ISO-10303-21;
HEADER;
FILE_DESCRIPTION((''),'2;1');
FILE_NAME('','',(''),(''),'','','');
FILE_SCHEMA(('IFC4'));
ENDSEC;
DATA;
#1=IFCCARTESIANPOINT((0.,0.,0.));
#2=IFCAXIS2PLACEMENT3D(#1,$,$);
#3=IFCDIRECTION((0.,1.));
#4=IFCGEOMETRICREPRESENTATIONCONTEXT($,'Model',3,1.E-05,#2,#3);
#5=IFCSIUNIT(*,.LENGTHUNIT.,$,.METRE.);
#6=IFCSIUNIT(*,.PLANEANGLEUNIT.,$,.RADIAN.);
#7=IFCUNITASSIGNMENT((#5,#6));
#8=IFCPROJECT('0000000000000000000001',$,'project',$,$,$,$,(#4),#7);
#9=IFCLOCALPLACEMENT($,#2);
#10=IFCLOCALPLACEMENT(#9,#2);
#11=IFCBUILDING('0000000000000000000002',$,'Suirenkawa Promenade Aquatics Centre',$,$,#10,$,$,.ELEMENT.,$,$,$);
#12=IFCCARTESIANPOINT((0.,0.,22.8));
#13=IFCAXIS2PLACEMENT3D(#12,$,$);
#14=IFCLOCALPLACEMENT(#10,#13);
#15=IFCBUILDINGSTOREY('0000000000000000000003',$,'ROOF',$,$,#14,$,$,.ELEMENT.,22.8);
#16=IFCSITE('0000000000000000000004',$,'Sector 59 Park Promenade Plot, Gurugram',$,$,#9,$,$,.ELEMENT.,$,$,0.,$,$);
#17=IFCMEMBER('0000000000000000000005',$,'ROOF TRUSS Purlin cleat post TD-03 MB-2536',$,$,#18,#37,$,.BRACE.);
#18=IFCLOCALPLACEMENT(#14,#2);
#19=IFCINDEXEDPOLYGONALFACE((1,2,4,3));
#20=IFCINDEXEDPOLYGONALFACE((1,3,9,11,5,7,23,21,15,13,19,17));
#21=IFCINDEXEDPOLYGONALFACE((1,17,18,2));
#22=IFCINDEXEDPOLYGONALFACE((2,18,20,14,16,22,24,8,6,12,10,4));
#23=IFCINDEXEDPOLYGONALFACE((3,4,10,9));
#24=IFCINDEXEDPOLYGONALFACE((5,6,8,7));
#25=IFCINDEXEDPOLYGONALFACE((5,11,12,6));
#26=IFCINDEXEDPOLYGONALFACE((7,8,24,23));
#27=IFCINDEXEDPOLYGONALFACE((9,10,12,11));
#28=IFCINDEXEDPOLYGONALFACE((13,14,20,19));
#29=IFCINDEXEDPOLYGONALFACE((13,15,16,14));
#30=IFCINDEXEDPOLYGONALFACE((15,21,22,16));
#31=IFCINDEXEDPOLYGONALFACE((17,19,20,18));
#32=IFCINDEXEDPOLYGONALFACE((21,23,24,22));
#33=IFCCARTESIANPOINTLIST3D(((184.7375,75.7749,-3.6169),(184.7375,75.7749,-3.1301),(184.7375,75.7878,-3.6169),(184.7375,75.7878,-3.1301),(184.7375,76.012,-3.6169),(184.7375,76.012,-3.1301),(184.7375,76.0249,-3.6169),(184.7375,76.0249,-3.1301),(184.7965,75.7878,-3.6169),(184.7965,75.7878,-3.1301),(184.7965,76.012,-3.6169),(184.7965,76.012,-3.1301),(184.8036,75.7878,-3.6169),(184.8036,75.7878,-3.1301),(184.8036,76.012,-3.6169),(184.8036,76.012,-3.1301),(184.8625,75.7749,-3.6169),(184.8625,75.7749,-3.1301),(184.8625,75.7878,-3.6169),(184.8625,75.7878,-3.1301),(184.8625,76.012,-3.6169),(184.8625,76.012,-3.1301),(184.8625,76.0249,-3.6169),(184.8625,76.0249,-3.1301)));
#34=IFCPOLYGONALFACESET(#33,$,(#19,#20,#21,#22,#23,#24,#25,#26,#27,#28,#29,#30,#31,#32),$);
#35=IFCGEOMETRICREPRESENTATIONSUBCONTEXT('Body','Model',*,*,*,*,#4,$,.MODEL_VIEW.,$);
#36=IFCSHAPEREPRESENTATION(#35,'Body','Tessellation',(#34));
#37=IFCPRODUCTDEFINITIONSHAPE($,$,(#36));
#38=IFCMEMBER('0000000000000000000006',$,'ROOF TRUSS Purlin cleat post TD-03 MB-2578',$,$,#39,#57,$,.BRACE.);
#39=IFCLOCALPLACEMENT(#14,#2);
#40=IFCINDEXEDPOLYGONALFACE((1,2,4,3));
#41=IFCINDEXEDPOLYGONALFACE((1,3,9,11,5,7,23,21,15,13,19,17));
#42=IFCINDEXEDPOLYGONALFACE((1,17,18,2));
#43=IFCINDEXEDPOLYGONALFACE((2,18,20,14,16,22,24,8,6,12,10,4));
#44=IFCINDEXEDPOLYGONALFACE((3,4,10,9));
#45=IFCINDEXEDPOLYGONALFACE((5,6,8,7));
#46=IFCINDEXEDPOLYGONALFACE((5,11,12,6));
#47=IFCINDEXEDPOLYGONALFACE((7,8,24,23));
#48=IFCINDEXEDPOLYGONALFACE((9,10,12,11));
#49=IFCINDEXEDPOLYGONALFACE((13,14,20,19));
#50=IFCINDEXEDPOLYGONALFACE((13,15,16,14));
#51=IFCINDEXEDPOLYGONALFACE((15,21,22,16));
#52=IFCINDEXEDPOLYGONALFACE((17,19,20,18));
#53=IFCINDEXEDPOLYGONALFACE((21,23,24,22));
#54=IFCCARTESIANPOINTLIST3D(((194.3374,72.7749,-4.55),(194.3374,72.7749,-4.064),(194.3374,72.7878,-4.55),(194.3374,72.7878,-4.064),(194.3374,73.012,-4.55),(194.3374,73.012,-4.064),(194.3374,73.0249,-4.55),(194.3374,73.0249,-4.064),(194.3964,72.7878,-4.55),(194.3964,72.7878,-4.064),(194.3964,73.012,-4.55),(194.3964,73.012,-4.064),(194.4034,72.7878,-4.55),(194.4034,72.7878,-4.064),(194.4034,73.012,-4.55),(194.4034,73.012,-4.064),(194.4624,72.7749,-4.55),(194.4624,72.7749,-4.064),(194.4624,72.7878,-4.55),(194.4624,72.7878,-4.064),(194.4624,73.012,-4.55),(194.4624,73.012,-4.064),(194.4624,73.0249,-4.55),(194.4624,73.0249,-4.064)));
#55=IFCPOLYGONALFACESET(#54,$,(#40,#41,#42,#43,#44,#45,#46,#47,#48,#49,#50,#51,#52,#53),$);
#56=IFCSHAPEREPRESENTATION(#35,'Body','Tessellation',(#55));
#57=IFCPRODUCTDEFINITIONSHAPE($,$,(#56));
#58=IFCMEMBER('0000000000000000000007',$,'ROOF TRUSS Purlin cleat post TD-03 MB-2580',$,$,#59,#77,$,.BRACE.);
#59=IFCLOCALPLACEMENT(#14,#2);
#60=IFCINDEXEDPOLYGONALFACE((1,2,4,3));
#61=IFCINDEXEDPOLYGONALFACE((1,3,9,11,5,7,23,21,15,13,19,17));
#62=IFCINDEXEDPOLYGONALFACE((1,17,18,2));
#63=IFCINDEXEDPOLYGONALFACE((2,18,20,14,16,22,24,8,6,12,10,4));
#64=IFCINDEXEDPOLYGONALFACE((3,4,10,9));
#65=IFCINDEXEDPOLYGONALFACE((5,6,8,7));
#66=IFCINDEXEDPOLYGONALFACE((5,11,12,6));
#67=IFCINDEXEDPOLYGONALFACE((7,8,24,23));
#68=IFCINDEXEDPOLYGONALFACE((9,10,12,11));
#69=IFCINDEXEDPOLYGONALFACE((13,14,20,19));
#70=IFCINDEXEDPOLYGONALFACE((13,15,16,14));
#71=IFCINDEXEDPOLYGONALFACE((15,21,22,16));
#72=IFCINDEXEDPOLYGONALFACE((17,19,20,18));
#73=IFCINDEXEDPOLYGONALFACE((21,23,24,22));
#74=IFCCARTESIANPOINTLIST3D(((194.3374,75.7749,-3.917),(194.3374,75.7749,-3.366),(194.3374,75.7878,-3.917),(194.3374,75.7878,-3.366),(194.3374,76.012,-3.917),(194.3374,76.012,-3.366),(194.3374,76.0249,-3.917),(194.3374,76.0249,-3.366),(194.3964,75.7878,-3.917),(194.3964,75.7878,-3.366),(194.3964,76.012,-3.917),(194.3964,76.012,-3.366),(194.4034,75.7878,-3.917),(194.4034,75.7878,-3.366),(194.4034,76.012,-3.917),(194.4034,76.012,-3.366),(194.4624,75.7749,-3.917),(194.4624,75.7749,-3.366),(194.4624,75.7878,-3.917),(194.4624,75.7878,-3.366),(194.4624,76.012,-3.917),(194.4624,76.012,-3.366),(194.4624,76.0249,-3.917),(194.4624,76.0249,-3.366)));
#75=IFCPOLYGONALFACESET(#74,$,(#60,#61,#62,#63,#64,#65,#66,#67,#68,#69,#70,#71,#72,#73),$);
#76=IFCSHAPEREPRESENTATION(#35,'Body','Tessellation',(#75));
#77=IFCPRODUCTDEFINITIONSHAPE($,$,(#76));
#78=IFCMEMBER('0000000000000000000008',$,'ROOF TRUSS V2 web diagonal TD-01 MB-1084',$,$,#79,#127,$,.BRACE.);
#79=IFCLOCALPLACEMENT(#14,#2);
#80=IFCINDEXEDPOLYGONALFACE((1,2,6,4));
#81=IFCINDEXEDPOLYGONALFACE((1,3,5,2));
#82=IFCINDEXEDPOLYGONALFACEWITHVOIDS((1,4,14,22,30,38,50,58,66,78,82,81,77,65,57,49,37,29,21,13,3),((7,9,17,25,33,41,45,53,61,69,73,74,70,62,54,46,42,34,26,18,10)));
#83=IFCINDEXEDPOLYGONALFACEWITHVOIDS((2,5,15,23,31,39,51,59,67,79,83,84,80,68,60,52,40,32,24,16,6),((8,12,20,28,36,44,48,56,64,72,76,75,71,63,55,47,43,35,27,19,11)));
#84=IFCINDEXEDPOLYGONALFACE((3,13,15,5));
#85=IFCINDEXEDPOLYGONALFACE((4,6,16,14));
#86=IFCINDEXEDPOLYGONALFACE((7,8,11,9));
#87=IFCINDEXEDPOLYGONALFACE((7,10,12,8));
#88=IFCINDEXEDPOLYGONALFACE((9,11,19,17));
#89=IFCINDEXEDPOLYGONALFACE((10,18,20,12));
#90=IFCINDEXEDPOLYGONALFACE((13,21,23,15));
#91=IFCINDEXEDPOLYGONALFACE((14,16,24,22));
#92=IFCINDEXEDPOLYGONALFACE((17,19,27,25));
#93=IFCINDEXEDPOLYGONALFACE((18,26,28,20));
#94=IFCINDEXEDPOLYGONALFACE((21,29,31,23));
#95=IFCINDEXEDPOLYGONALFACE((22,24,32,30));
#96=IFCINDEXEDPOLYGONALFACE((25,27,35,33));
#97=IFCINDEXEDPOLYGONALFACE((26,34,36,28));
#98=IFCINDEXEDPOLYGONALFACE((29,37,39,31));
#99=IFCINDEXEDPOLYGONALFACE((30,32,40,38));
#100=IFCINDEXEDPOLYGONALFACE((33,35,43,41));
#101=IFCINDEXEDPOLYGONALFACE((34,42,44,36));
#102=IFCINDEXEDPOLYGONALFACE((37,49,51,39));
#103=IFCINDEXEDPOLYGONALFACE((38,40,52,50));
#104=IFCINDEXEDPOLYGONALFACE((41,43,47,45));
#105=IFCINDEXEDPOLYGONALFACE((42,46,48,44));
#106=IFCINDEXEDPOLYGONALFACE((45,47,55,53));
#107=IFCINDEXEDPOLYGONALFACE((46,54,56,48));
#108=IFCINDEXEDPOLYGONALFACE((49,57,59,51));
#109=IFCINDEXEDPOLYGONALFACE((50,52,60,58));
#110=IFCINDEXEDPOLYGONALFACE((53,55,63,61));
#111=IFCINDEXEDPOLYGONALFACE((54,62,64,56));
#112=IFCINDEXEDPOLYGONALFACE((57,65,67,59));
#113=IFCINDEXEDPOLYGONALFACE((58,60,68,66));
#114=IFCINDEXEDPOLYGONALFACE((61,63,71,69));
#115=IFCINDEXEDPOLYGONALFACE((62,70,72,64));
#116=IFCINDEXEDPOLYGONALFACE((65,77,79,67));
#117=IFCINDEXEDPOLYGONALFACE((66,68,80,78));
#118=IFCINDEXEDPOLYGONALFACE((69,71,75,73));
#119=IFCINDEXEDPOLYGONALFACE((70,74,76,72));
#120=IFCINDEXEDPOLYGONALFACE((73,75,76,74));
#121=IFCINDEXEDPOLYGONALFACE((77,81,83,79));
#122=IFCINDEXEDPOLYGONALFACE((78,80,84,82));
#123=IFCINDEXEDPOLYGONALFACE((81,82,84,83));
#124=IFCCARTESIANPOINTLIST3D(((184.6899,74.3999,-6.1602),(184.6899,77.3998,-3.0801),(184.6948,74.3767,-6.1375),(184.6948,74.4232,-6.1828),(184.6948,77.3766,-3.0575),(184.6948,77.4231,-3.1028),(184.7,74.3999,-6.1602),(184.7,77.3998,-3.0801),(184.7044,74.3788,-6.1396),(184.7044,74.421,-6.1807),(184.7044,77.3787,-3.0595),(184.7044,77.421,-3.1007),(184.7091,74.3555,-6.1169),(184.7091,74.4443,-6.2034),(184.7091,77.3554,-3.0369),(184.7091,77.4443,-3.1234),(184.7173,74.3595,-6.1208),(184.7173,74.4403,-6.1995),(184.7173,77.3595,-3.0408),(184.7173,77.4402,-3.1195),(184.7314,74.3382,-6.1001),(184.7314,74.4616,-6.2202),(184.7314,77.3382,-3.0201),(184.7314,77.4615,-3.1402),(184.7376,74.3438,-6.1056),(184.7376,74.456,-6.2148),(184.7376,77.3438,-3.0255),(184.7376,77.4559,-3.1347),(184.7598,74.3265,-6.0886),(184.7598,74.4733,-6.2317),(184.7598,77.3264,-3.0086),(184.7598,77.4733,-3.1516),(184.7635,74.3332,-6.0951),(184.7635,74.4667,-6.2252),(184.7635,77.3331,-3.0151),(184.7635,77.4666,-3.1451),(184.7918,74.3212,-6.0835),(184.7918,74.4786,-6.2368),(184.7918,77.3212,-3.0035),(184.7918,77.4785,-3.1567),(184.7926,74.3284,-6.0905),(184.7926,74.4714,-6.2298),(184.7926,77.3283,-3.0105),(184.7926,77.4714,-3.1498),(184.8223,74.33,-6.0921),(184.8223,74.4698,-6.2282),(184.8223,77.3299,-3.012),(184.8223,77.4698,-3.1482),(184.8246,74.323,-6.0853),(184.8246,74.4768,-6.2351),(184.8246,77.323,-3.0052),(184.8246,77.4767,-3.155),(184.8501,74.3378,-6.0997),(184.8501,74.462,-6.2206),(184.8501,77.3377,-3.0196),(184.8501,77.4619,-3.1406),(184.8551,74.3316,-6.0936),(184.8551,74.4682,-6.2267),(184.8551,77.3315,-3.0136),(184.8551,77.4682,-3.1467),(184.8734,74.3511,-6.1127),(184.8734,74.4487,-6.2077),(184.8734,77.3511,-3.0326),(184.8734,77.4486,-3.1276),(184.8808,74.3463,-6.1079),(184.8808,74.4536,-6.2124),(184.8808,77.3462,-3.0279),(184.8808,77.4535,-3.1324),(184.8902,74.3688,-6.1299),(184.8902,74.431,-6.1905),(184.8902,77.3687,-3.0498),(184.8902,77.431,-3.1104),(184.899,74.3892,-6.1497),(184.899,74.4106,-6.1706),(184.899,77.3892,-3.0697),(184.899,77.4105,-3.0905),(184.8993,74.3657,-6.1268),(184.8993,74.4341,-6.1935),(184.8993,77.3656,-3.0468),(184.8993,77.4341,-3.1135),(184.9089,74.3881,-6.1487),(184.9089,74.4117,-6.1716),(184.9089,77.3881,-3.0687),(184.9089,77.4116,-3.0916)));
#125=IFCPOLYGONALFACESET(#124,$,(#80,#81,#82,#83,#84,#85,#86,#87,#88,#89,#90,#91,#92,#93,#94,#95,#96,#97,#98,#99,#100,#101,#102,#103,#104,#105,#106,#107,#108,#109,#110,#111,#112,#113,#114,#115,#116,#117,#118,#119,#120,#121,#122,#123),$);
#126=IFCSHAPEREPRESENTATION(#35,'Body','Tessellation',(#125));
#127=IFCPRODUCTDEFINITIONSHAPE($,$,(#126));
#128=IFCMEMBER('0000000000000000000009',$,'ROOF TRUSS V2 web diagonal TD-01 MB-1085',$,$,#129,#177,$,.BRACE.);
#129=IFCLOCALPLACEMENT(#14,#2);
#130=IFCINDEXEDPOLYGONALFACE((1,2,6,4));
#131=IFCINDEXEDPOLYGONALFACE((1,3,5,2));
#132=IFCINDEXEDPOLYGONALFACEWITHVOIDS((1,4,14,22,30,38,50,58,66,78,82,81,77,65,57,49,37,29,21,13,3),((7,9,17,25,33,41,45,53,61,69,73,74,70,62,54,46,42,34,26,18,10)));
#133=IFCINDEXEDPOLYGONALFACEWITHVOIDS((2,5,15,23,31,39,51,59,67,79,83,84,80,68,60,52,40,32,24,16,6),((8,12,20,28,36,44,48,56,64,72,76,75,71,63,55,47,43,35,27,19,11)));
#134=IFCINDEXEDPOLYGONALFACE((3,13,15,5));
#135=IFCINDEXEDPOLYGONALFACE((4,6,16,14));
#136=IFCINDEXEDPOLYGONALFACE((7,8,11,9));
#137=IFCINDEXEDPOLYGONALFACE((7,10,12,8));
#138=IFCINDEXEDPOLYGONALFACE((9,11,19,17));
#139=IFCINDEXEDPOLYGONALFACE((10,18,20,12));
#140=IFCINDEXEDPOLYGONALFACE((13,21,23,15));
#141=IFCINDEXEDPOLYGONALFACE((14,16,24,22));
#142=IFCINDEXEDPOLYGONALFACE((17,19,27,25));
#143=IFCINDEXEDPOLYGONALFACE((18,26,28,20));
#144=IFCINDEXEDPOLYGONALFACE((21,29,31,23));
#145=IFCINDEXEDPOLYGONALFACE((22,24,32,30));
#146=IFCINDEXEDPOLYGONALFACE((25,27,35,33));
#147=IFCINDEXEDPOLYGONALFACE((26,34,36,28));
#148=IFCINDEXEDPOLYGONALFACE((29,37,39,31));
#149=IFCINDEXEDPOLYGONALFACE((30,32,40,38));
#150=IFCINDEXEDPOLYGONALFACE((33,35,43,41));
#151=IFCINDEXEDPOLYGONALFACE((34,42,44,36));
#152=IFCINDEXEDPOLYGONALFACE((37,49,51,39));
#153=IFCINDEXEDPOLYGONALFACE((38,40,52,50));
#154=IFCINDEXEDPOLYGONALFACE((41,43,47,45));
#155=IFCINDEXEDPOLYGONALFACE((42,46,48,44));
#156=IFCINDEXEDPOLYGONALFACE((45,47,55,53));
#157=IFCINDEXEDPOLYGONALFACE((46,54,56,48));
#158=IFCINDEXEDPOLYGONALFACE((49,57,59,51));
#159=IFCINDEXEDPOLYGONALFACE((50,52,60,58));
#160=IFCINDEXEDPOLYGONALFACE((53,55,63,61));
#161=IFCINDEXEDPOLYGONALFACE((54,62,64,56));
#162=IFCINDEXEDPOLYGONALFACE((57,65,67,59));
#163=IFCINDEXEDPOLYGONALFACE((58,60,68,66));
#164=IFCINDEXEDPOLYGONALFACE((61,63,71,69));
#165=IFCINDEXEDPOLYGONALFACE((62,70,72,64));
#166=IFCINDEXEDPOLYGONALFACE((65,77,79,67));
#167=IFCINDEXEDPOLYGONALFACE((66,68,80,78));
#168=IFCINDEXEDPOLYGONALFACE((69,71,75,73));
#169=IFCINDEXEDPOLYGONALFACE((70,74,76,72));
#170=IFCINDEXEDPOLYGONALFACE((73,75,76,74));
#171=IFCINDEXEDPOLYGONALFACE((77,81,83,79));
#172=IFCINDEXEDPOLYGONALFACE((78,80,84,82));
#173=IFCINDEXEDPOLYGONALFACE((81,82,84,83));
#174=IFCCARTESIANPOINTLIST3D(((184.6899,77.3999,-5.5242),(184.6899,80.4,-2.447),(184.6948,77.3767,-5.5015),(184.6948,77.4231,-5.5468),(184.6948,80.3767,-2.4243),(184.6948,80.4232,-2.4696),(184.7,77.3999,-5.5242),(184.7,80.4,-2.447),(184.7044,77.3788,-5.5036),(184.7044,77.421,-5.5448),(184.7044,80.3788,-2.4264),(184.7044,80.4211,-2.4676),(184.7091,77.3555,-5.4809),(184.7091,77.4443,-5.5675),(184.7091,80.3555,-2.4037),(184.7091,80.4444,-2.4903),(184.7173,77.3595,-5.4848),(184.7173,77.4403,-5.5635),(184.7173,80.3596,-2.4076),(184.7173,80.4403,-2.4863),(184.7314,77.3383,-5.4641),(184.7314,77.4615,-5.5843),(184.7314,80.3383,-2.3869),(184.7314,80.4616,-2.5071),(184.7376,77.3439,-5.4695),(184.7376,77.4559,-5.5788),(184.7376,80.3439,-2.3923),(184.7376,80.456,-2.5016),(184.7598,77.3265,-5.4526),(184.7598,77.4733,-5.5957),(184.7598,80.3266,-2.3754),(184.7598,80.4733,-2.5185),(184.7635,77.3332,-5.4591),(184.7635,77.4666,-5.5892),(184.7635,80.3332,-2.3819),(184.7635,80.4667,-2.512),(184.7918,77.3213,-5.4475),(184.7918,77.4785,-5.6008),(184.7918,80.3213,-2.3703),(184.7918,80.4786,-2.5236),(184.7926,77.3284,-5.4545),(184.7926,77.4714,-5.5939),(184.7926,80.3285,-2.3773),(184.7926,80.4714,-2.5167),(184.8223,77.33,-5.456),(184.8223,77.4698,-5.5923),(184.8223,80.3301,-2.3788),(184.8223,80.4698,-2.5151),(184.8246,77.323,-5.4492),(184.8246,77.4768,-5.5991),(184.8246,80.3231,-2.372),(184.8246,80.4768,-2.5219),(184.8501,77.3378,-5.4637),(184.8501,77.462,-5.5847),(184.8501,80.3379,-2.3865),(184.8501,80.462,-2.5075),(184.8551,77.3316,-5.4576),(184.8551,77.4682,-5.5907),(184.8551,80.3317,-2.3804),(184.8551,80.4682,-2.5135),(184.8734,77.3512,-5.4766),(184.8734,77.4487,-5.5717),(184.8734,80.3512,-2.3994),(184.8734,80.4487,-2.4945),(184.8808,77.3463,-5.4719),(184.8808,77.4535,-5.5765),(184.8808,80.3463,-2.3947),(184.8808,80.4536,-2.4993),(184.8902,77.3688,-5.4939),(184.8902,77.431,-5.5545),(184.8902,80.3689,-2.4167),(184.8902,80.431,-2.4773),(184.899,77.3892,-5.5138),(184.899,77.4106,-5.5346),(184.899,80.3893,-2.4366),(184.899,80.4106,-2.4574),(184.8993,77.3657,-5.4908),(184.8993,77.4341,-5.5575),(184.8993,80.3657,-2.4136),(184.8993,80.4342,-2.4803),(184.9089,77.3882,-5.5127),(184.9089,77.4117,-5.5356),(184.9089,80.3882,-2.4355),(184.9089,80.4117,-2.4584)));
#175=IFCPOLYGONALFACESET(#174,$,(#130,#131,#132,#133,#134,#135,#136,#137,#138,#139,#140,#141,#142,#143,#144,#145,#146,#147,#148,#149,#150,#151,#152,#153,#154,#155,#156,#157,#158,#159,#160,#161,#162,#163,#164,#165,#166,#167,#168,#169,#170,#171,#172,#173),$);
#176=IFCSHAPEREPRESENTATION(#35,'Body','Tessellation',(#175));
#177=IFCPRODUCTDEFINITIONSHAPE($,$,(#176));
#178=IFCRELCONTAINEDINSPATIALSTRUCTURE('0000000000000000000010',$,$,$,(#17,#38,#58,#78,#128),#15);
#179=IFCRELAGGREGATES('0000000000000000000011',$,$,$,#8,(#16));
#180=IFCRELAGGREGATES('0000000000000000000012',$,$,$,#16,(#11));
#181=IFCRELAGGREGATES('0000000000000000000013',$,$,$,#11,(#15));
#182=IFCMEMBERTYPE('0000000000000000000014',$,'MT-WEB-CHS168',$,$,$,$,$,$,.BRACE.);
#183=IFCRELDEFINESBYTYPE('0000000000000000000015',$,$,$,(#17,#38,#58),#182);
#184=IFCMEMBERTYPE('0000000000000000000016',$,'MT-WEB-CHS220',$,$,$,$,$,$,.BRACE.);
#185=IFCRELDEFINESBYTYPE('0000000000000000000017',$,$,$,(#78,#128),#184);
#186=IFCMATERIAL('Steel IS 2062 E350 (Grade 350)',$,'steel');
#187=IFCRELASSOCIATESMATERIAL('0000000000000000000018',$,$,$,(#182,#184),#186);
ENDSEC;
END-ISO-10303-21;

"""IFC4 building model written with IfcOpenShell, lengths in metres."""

from ifc_helpers import new_model, si_unit, direction, frame, origin, origin_2d, place, context, subcontext, project, spatial, hollow_circle, i_section, extrude, material, material_profile, profile_set, type_object, element, save


model = new_model("IFC4")

# Units and contexts
model_context = context("Model", 3, precision=1e-05, world=origin(), true_north=direction((0.0, 1.0)))
body_context = subcontext(model_context, "Body", "Model", "MODEL_VIEW")
ifc_project = project(units=[si_unit("LENGTHUNIT", "METRE"), si_unit("PLANEANGLEUNIT", "RADIAN")], contexts=[model_context])

# Site, building, storey
site_placement = place(None, origin())
site = spatial("IfcSite", under=ifc_project, at=site_placement, Name="Sector 59 Park Promenade Plot, Gurugram", CompositionType="ELEMENT", RefElevation=0.0)
building_placement = place(site_placement, origin())
building = spatial("IfcBuilding", under=site, at=building_placement, Name="Suirenkawa Promenade Aquatics Centre", CompositionType="ELEMENT")
storey_placement = place(building_placement, frame((0.0, 0.0, 22.8)))
storey = spatial("IfcBuildingStorey", under=building, at=storey_placement, Name="ROOF", CompositionType="ELEMENT", Elevation=22.8)

# Shared definitions
ifc_material = material(Name="Steel IS 2062 E350 (Grade 350)", Category="steel")

# Members
ifc_material_profile_1 = material_profile(ifc_material, i_section(OverallWidth=0.125, OverallDepth=0.25, WebThickness=0.0071, FlangeThickness=0.0129, at=origin_2d()), Name="ISMB 250", Category="steel")
ifc_profile_set_1 = profile_set([ifc_material_profile_1], Name="Steel IS 2062 E350 (Grade 350)")
member_type_1 = type_object("IfcMemberType", Name="MT-WEB-CHS168", PredefinedType="BRACE", material=ifc_profile_set_1)
member_1_placement = place(storey_placement, frame((184.8, 75.8999, -3.6169), z_axis=(0.0, 0.0, 1.0), x_axis=(1.0, 0.0, 0.0)))
element("IfcMember", 1, at=member_1_placement, inside=storey, type_object=member_type_1, Name="ROOF TRUSS Purlin cleat post TD-03 MB-2536", PredefinedType="BRACE", context=body_context, shape_type="SweptSolid", body=[
    extrude(i_section(OverallWidth=0.125, OverallDepth=0.25, WebThickness=0.0071, FlangeThickness=0.0129, at=origin_2d()), origin(), (0.0, 0.0, 1.0), 0.4868),
])
member_2_placement = place(storey_placement, frame((194.3999, 72.8999, -4.55), z_axis=(0.0, 0.0, 1.0), x_axis=(1.0, 0.0, 0.0)))
element("IfcMember", 2, at=member_2_placement, inside=storey, type_object=member_type_1, Name="ROOF TRUSS Purlin cleat post TD-03 MB-2578", PredefinedType="BRACE", context=body_context, shape_type="SweptSolid", body=[
    extrude(i_section(OverallWidth=0.125, OverallDepth=0.25, WebThickness=0.0071, FlangeThickness=0.0129, at=origin_2d()), origin(), (0.0, 0.0, 1.0), 0.4861),
])
member_3_placement = place(storey_placement, frame((194.3999, 75.8999, -3.917), z_axis=(0.0, 0.0, 1.0), x_axis=(1.0, 0.0, 0.0)))
element("IfcMember", 3, at=member_3_placement, inside=storey, type_object=member_type_1, Name="ROOF TRUSS Purlin cleat post TD-03 MB-2580", PredefinedType="BRACE", context=body_context, shape_type="SweptSolid", body=[
    extrude(i_section(OverallWidth=0.125, OverallDepth=0.25, WebThickness=0.0071, FlangeThickness=0.0129, at=origin_2d()), origin(), (0.0, 0.0, 1.0), 0.551),
])
ifc_material_profile_2 = material_profile(ifc_material, hollow_circle(Radius=0.1101, WallThickness=0.01, at=origin_2d()), Name="CHS 220x10", Category="steel")
ifc_profile_set_2 = profile_set([ifc_material_profile_2], Name="Steel IS 2062 E350 (Grade 350)")
member_type_2 = type_object("IfcMemberType", Name="MT-WEB-CHS220", PredefinedType="BRACE", material=ifc_profile_set_2)
member_4_placement = place(storey_placement, frame((184.8, 74.3999, -6.1602), z_axis=(0.0, 0.697733, 0.716358), x_axis=(-1.0, 0.0, 0.0)))
element("IfcMember", 4, at=member_4_placement, inside=storey, type_object=member_type_2, Name="ROOF TRUSS V2 web diagonal TD-01 MB-1084", PredefinedType="BRACE", context=body_context, shape_type="SweptSolid", body=[
    extrude(hollow_circle(Radius=0.1101, WallThickness=0.01, at=origin_2d()), origin(), (0.0, 0.0, 1.0), 4.2996),
])
member_5_placement = place(storey_placement, frame((184.8, 77.3999, -5.5242), z_axis=(0.0, 0.698074, 0.716026), x_axis=(-1.0, 0.0, 0.0)))
element("IfcMember", 5, at=member_5_placement, inside=storey, type_object=member_type_2, Name="ROOF TRUSS V2 web diagonal TD-01 MB-1085", PredefinedType="BRACE", context=body_context, shape_type="SweptSolid", body=[
    extrude(hollow_circle(Radius=0.1101, WallThickness=0.01, at=origin_2d()), origin(), (0.0, 0.0, 1.0), 4.2976),
])

save(model, "model.ifc")
